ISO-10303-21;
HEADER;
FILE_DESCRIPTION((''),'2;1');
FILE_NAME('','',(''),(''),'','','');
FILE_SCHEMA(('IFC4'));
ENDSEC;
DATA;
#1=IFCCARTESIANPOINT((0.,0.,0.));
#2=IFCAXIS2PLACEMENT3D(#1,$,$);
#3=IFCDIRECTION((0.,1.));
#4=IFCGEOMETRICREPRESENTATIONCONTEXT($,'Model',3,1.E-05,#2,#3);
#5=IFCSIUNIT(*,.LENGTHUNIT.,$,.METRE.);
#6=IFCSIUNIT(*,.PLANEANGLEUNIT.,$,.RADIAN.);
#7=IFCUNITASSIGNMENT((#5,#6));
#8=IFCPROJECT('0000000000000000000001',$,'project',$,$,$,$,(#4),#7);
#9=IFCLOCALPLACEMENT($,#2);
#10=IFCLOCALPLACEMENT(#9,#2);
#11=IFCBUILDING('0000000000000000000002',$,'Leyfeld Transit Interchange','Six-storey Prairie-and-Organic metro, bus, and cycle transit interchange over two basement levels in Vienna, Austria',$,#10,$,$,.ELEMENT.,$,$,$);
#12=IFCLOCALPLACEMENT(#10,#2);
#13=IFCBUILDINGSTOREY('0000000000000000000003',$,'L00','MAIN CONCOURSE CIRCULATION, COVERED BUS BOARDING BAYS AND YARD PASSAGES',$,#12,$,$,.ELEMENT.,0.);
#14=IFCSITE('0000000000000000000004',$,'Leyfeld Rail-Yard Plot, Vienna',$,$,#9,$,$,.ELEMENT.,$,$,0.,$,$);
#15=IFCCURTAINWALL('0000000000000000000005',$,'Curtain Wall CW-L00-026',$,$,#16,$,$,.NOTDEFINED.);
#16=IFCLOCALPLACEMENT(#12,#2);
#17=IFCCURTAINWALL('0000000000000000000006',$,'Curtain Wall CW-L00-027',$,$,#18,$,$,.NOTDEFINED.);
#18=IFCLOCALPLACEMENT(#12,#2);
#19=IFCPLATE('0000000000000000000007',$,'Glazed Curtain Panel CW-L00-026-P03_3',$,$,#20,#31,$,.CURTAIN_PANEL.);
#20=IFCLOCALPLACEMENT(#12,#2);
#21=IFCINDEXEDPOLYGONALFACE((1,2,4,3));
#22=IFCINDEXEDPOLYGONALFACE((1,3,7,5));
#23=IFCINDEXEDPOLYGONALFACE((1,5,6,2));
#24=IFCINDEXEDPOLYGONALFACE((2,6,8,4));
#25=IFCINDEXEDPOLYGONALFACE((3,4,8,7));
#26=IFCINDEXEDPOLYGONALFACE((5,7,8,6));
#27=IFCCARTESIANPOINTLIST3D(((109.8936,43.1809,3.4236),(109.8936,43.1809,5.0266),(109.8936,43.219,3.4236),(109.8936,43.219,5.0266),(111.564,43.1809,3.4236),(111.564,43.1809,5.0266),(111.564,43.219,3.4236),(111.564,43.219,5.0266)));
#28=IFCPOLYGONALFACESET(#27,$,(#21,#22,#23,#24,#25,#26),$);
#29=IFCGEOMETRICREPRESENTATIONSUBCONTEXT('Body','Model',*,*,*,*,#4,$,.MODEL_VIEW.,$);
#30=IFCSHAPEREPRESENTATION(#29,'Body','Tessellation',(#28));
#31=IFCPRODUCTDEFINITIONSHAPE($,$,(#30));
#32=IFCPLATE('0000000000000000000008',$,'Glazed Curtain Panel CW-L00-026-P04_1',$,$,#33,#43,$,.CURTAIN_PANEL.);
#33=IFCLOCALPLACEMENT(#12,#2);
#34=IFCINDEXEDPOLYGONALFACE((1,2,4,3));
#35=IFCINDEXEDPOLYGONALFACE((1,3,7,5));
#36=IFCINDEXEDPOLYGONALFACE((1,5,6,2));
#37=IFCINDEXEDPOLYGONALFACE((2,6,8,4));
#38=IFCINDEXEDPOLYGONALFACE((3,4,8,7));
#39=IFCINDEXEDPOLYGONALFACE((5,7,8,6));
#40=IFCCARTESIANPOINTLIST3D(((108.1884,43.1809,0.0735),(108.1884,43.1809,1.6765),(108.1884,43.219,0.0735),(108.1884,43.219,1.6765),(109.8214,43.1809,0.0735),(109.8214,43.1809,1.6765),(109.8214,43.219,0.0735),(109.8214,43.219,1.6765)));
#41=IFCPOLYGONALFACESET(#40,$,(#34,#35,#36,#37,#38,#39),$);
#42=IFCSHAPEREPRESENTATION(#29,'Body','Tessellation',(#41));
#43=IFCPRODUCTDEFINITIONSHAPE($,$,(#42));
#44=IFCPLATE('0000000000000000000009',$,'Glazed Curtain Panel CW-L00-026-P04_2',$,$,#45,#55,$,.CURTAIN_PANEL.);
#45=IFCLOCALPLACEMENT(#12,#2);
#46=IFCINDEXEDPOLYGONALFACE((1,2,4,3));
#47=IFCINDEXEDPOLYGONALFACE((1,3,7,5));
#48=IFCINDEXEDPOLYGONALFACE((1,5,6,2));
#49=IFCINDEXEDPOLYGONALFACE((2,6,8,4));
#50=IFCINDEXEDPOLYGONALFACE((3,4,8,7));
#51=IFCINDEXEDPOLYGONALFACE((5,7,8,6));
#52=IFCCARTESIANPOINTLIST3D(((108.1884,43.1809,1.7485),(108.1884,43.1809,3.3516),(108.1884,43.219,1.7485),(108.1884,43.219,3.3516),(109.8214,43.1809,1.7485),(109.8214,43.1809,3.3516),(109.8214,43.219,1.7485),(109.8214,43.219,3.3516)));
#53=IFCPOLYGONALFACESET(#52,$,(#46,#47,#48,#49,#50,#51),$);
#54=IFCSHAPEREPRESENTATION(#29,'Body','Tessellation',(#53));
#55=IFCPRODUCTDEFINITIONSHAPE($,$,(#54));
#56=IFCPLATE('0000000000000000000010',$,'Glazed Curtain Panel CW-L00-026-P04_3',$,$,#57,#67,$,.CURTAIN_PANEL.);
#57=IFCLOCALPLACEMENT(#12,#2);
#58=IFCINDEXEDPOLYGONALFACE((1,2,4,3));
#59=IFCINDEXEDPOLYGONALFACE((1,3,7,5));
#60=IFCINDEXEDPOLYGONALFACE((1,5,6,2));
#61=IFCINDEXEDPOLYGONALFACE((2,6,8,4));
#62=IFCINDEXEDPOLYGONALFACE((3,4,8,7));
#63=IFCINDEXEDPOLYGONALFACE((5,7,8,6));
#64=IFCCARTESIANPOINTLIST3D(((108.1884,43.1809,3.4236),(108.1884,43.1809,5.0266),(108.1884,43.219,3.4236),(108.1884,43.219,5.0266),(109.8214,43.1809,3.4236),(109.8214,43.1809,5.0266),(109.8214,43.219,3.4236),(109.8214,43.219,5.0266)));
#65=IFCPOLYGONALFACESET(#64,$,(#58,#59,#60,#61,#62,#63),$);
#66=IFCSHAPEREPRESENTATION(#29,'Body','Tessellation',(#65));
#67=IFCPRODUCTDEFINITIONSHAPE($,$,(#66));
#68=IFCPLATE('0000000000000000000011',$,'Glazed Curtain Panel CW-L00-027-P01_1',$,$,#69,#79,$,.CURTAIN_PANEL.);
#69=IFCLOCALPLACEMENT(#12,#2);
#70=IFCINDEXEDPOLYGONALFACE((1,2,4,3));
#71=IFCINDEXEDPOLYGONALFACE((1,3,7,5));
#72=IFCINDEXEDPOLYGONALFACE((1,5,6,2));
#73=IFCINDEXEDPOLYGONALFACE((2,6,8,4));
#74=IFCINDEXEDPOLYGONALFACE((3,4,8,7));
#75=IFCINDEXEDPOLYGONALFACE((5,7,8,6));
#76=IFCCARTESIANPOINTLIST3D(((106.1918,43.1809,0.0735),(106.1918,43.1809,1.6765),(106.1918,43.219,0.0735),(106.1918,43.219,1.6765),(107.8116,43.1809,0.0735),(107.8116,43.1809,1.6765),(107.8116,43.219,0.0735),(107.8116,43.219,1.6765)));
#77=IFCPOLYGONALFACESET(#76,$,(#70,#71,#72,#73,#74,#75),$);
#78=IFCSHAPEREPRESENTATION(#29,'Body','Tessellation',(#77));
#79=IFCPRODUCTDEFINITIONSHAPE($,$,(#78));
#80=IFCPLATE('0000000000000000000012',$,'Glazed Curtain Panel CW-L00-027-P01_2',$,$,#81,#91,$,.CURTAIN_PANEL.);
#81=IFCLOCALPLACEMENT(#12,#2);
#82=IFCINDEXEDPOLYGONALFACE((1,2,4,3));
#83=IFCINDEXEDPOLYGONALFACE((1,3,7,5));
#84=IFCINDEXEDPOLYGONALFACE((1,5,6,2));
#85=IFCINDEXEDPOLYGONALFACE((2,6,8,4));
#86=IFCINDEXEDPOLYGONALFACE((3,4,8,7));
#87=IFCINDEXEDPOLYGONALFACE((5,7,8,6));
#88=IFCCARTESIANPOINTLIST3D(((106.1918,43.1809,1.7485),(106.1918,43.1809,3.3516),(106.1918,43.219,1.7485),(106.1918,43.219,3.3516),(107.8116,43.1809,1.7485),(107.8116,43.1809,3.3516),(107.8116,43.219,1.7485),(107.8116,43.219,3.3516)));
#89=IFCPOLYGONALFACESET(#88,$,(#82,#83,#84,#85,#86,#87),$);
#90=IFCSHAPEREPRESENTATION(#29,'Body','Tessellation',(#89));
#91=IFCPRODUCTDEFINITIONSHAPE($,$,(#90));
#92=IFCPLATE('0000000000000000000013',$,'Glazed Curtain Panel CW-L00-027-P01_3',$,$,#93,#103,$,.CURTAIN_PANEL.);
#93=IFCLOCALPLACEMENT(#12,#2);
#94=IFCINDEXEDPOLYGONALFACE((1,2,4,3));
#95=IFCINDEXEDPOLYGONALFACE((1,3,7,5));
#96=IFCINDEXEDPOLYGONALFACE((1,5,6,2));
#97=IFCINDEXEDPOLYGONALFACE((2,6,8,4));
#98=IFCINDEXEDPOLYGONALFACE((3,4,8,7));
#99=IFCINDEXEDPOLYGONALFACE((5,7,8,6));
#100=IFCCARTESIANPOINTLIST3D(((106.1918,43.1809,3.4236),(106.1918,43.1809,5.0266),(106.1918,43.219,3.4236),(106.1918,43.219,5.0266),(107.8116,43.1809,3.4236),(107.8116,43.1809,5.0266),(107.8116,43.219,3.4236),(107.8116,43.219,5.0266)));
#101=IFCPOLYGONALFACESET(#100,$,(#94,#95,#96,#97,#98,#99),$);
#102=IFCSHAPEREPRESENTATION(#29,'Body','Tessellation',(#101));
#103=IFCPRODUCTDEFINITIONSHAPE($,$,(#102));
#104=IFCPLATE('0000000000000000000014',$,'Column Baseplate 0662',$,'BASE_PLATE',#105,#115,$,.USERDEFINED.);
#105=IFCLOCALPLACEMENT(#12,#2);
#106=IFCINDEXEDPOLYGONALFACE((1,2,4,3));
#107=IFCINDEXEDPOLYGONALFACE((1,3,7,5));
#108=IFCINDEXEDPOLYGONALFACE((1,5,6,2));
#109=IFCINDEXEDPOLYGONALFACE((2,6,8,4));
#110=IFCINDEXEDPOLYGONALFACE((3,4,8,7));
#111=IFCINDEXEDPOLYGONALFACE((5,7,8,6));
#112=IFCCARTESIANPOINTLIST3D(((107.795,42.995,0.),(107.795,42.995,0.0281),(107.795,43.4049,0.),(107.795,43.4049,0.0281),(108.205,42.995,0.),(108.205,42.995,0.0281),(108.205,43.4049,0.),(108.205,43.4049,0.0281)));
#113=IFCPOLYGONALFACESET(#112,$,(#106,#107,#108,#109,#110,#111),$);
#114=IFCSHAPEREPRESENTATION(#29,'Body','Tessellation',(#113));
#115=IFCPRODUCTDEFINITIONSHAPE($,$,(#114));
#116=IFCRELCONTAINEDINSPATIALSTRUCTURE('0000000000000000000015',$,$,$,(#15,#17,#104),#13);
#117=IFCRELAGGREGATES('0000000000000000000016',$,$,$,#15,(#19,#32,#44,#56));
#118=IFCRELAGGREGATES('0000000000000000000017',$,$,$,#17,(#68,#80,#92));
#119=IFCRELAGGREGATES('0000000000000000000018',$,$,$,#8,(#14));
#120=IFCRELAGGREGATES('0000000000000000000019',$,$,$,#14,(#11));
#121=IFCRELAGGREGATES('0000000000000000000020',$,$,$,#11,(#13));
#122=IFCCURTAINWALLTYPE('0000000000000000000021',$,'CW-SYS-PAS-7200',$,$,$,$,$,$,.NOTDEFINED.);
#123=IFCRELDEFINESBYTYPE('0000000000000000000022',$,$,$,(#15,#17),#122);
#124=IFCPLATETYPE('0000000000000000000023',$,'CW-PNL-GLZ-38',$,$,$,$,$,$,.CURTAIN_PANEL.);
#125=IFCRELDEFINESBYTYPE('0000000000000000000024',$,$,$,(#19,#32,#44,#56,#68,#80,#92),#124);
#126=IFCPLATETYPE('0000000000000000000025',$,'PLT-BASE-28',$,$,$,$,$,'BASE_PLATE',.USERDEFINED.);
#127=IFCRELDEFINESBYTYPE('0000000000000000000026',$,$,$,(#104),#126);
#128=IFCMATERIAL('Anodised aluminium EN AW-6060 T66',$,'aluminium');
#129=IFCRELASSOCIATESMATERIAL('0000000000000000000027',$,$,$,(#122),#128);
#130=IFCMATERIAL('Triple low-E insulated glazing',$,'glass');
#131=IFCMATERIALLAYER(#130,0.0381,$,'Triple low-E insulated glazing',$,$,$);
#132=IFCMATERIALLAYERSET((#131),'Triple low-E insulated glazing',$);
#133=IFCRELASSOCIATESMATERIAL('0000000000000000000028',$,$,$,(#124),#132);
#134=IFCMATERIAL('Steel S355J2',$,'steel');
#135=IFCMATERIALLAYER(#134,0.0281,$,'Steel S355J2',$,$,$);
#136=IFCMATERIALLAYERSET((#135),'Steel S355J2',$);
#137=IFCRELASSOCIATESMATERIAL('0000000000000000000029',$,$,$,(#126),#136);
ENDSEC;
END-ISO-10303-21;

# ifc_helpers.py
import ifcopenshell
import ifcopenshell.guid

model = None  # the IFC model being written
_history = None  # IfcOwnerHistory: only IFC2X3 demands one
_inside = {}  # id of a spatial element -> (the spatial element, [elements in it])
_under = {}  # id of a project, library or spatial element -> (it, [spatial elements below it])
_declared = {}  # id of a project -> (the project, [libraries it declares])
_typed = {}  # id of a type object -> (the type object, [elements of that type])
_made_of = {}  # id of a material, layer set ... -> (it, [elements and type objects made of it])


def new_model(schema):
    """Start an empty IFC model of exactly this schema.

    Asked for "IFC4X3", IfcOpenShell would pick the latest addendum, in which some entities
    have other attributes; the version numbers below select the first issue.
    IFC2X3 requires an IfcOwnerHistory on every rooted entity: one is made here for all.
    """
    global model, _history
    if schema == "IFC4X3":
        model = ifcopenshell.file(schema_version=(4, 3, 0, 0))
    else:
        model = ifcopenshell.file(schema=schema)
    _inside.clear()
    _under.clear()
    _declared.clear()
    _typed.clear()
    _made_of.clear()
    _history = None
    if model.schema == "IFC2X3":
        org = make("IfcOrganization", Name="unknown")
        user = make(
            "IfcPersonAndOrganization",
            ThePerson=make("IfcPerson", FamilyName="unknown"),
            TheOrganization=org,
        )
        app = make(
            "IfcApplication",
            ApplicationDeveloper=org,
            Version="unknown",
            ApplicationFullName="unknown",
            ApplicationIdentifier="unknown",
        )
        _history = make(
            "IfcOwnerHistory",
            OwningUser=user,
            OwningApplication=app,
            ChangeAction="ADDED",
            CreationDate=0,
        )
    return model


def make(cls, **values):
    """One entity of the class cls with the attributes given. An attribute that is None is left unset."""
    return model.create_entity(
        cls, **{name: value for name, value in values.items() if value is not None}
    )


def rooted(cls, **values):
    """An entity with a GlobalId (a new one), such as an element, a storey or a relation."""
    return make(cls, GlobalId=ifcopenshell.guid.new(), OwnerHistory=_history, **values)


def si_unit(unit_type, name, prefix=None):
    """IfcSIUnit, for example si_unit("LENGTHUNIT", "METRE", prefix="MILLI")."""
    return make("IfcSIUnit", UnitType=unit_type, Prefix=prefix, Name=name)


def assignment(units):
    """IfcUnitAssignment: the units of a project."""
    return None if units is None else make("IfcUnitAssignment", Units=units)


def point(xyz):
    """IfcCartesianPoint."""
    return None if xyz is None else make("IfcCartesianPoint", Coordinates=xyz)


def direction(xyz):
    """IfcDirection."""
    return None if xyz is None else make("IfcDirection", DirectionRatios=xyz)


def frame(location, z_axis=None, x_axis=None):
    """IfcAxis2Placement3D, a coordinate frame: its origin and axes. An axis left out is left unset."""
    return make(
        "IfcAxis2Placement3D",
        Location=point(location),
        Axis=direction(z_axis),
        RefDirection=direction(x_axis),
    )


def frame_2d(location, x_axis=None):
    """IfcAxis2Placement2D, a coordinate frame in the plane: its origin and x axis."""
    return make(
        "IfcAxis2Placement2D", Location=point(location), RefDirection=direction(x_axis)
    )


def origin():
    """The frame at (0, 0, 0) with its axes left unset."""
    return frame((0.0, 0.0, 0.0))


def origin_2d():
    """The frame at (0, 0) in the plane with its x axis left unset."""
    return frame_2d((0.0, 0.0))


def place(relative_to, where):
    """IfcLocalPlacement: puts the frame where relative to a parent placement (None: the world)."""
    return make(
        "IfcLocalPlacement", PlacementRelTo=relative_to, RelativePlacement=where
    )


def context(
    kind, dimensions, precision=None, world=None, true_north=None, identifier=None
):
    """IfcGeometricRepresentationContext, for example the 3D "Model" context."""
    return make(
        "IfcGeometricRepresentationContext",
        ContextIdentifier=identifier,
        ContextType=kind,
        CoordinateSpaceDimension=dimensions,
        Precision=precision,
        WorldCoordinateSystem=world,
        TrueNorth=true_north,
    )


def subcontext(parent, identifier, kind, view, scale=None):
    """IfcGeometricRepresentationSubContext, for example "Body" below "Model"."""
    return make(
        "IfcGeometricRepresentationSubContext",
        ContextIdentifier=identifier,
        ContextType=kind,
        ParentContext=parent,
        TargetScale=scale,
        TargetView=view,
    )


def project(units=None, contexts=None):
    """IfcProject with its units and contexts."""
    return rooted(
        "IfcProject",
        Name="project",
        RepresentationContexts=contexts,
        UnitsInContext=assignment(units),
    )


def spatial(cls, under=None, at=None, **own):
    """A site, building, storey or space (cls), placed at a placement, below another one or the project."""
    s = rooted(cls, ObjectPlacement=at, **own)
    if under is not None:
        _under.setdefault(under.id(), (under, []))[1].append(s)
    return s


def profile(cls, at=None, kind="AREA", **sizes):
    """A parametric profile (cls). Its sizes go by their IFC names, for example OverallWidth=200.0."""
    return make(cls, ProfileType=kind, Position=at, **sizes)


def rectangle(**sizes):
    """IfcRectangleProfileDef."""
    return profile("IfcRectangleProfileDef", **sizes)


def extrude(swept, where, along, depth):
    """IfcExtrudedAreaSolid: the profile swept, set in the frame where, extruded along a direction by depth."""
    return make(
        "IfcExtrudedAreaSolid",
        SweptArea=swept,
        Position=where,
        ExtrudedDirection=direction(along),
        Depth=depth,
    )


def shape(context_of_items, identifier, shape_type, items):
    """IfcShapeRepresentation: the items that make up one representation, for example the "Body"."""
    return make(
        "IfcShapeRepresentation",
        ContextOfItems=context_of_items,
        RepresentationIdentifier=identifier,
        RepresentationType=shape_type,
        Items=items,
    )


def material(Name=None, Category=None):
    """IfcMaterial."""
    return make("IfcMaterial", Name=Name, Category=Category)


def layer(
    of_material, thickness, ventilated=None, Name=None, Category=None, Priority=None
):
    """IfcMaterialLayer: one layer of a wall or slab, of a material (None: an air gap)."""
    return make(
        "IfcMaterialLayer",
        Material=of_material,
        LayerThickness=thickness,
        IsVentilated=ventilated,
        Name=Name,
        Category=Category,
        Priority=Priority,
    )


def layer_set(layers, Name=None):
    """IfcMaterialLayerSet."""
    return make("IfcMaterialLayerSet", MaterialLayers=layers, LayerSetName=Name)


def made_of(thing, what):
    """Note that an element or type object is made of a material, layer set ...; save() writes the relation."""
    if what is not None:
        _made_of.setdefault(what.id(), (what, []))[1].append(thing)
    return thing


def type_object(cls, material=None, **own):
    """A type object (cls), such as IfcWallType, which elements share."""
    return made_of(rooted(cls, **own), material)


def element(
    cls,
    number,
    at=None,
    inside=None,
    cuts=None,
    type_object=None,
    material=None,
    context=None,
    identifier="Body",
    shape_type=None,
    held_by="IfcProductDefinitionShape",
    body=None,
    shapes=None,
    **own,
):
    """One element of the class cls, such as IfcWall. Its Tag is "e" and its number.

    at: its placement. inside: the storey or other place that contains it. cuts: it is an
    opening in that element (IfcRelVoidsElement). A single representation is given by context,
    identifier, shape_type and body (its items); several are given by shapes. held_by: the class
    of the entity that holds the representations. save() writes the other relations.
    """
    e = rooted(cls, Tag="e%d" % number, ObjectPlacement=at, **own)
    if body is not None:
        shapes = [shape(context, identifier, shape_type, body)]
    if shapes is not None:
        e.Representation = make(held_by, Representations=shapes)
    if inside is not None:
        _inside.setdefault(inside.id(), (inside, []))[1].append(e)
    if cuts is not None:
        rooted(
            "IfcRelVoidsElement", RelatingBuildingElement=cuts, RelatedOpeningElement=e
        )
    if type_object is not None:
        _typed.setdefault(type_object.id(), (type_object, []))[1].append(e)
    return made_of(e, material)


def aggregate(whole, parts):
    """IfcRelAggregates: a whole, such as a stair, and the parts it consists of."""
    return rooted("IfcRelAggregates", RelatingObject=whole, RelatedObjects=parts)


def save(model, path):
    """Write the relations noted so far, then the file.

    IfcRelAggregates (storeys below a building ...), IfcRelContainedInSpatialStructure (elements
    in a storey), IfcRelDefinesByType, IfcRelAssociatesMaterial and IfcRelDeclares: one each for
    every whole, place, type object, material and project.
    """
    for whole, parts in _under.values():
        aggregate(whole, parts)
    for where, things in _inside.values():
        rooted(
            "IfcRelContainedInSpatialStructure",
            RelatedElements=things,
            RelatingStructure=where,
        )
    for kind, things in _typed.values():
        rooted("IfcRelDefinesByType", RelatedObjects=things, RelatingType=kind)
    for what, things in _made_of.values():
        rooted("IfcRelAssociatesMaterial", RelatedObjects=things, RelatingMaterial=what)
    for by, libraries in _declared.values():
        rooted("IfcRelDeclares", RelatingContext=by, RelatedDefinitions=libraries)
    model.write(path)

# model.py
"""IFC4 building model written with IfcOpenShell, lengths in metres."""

from ifc_helpers import new_model, si_unit, direction, frame, origin, origin_2d, place, context, subcontext, project, spatial, rectangle, extrude, material, layer, layer_set, type_object, element, aggregate, save


model = new_model("IFC4")

# Units and contexts
model_context = context("Model", 3, precision=1e-05, world=origin(), true_north=direction((0.0, 1.0)))
body_context = subcontext(model_context, "Body", "Model", "MODEL_VIEW")
ifc_project = project(units=[si_unit("LENGTHUNIT", "METRE"), si_unit("PLANEANGLEUNIT", "RADIAN")], contexts=[model_context])

# Site, building, storey
site_placement = place(None, origin())
site = spatial("IfcSite", under=ifc_project, at=site_placement, Name="Leyfeld Rail-Yard Plot, Vienna", CompositionType="ELEMENT", RefElevation=0.0)
building_placement = place(site_placement, origin())
building = spatial("IfcBuilding", under=site, at=building_placement, Name="Leyfeld Transit Interchange", Description="Six-storey Prairie-and-Organic metro, bus, and cycle transit interchange over two basement levels in Vienna, Austria", CompositionType="ELEMENT")
storey_placement = place(building_placement, origin())
storey = spatial("IfcBuildingStorey", under=building, at=storey_placement, Name="L00", Description="MAIN CONCOURSE CIRCULATION, COVERED BUS BOARDING BAYS AND YARD PASSAGES", CompositionType="ELEMENT", Elevation=0.0)

# Shared definitions
ifc_material_1 = material(Name="Steel S355J2", Category="steel")

# Curtain walls
ifc_material_2 = material(Name="Anodised aluminium EN AW-6060 T66", Category="aluminium")
curtain_wall_type = type_object("IfcCurtainWallType", Name="CW-SYS-PAS-7200", PredefinedType="NOTDEFINED", material=ifc_material_2)
curtain_wall_1_placement = place(storey_placement, origin())
curtain_wall_1 = element("IfcCurtainWall", 1, at=curtain_wall_1_placement, inside=storey, type_object=curtain_wall_type, Name="Curtain Wall CW-L00-026", PredefinedType="NOTDEFINED")
curtain_wall_2_placement = place(storey_placement, origin())
curtain_wall_2 = element("IfcCurtainWall", 2, at=curtain_wall_2_placement, inside=storey, type_object=curtain_wall_type, Name="Curtain Wall CW-L00-027", PredefinedType="NOTDEFINED")

# Plates
ifc_material_3 = material(Name="Triple low-E insulated glazing", Category="glass")
ifc_layer_1 = layer(ifc_material_3, 0.0381, Name="Triple low-E insulated glazing")
ifc_layer_set_1 = layer_set([ifc_layer_1], Name="Triple low-E insulated glazing")
plate_type_1 = type_object("IfcPlateType", Name="CW-PNL-GLZ-38", PredefinedType="CURTAIN_PANEL", material=ifc_layer_set_1)
plate_1_placement = place(storey_placement, frame((110.7288, 43.2, 3.4236), z_axis=(0.0, 0.0, 1.0), x_axis=(-1.0, 0.0, 0.0)))
plate_1 = element("IfcPlate", 3, at=plate_1_placement, type_object=plate_type_1, Name="Glazed Curtain Panel CW-L00-026-P03_3", PredefinedType="CURTAIN_PANEL", context=body_context, shape_type="SweptSolid", body=[
    extrude(rectangle(XDim=1.6704, YDim=0.0381, at=origin_2d()), origin(), (0.0, 0.0, 1.0), 1.603),
])
plate_2_placement = place(storey_placement, frame((109.0049, 43.2, 0.0735), z_axis=(0.0, 0.0, 1.0), x_axis=(-1.0, 0.0, 0.0)))
plate_2 = element("IfcPlate", 4, at=plate_2_placement, type_object=plate_type_1, Name="Glazed Curtain Panel CW-L00-026-P04_1", PredefinedType="CURTAIN_PANEL", context=body_context, shape_type="SweptSolid", body=[
    extrude(rectangle(XDim=1.6331, YDim=0.0381, at=origin_2d()), origin(), (0.0, 0.0, 1.0), 1.603),
])
plate_3_placement = place(storey_placement, frame((109.0049, 43.2, 1.7485), z_axis=(0.0, 0.0, 1.0), x_axis=(-1.0, 0.0, 0.0)))
plate_3 = element("IfcPlate", 5, at=plate_3_placement, type_object=plate_type_1, Name="Glazed Curtain Panel CW-L00-026-P04_2", PredefinedType="CURTAIN_PANEL", context=body_context, shape_type="SweptSolid", body=[
    extrude(rectangle(XDim=1.6331, YDim=0.0381, at=origin_2d()), origin(), (0.0, 0.0, 1.0), 1.603),
])
plate_4_placement = place(storey_placement, frame((109.0049, 43.2, 3.4236), z_axis=(0.0, 0.0, 1.0), x_axis=(-1.0, 0.0, 0.0)))
plate_4 = element("IfcPlate", 6, at=plate_4_placement, type_object=plate_type_1, Name="Glazed Curtain Panel CW-L00-026-P04_3", PredefinedType="CURTAIN_PANEL", context=body_context, shape_type="SweptSolid", body=[
    extrude(rectangle(XDim=1.6331, YDim=0.0381, at=origin_2d()), origin(), (0.0, 0.0, 1.0), 1.603),
])
aggregate(curtain_wall_1, [plate_1, plate_2, plate_3, plate_4])
plate_5_placement = place(storey_placement, frame((107.0017, 43.2, 0.0735), z_axis=(0.0, 0.0, 1.0), x_axis=(-1.0, 0.0, 0.0)))
plate_5 = element("IfcPlate", 7, at=plate_5_placement, type_object=plate_type_1, Name="Glazed Curtain Panel CW-L00-027-P01_1", PredefinedType="CURTAIN_PANEL", context=body_context, shape_type="SweptSolid", body=[
    extrude(rectangle(XDim=1.6199, YDim=0.0381, at=origin_2d()), origin(), (0.0, 0.0, 1.0), 1.603),
])
plate_6_placement = place(storey_placement, frame((107.0017, 43.2, 1.7485), z_axis=(0.0, 0.0, 1.0), x_axis=(-1.0, 0.0, 0.0)))
plate_6 = element("IfcPlate", 8, at=plate_6_placement, type_object=plate_type_1, Name="Glazed Curtain Panel CW-L00-027-P01_2", PredefinedType="CURTAIN_PANEL", context=body_context, shape_type="SweptSolid", body=[
    extrude(rectangle(XDim=1.6199, YDim=0.0381, at=origin_2d()), origin(), (0.0, 0.0, 1.0), 1.603),
])
plate_7_placement = place(storey_placement, frame((107.0017, 43.2, 3.4236), z_axis=(0.0, 0.0, 1.0), x_axis=(-1.0, 0.0, 0.0)))
plate_7 = element("IfcPlate", 9, at=plate_7_placement, type_object=plate_type_1, Name="Glazed Curtain Panel CW-L00-027-P01_3", PredefinedType="CURTAIN_PANEL", context=body_context, shape_type="SweptSolid", body=[
    extrude(rectangle(XDim=1.6199, YDim=0.0381, at=origin_2d()), origin(), (0.0, 0.0, 1.0), 1.603),
])
aggregate(curtain_wall_2, [plate_5, plate_6, plate_7])
ifc_layer_2 = layer(ifc_material_1, 0.0281, Name="Steel S355J2")
ifc_layer_set_2 = layer_set([ifc_layer_2], Name="Steel S355J2")
plate_type_2 = type_object("IfcPlateType", Name="PLT-BASE-28", ElementType="BASE_PLATE", PredefinedType="USERDEFINED", material=ifc_layer_set_2)
plate_8_placement = place(storey_placement, frame((108.0, 43.2, 0.0), z_axis=(0.0, 0.0, 1.0), x_axis=(1.0, 0.0, 0.0)))
element("IfcPlate", 10, at=plate_8_placement, inside=storey, type_object=plate_type_2, Name="Column Baseplate 0662", ObjectType="BASE_PLATE", PredefinedType="USERDEFINED", context=body_context, shape_type="SweptSolid", body=[
    extrude(rectangle(XDim=0.4099, YDim=0.4099, at=origin_2d()), origin(), (0.0, 0.0, 1.0), 0.0281),
])

save(model, "model.ifc")
